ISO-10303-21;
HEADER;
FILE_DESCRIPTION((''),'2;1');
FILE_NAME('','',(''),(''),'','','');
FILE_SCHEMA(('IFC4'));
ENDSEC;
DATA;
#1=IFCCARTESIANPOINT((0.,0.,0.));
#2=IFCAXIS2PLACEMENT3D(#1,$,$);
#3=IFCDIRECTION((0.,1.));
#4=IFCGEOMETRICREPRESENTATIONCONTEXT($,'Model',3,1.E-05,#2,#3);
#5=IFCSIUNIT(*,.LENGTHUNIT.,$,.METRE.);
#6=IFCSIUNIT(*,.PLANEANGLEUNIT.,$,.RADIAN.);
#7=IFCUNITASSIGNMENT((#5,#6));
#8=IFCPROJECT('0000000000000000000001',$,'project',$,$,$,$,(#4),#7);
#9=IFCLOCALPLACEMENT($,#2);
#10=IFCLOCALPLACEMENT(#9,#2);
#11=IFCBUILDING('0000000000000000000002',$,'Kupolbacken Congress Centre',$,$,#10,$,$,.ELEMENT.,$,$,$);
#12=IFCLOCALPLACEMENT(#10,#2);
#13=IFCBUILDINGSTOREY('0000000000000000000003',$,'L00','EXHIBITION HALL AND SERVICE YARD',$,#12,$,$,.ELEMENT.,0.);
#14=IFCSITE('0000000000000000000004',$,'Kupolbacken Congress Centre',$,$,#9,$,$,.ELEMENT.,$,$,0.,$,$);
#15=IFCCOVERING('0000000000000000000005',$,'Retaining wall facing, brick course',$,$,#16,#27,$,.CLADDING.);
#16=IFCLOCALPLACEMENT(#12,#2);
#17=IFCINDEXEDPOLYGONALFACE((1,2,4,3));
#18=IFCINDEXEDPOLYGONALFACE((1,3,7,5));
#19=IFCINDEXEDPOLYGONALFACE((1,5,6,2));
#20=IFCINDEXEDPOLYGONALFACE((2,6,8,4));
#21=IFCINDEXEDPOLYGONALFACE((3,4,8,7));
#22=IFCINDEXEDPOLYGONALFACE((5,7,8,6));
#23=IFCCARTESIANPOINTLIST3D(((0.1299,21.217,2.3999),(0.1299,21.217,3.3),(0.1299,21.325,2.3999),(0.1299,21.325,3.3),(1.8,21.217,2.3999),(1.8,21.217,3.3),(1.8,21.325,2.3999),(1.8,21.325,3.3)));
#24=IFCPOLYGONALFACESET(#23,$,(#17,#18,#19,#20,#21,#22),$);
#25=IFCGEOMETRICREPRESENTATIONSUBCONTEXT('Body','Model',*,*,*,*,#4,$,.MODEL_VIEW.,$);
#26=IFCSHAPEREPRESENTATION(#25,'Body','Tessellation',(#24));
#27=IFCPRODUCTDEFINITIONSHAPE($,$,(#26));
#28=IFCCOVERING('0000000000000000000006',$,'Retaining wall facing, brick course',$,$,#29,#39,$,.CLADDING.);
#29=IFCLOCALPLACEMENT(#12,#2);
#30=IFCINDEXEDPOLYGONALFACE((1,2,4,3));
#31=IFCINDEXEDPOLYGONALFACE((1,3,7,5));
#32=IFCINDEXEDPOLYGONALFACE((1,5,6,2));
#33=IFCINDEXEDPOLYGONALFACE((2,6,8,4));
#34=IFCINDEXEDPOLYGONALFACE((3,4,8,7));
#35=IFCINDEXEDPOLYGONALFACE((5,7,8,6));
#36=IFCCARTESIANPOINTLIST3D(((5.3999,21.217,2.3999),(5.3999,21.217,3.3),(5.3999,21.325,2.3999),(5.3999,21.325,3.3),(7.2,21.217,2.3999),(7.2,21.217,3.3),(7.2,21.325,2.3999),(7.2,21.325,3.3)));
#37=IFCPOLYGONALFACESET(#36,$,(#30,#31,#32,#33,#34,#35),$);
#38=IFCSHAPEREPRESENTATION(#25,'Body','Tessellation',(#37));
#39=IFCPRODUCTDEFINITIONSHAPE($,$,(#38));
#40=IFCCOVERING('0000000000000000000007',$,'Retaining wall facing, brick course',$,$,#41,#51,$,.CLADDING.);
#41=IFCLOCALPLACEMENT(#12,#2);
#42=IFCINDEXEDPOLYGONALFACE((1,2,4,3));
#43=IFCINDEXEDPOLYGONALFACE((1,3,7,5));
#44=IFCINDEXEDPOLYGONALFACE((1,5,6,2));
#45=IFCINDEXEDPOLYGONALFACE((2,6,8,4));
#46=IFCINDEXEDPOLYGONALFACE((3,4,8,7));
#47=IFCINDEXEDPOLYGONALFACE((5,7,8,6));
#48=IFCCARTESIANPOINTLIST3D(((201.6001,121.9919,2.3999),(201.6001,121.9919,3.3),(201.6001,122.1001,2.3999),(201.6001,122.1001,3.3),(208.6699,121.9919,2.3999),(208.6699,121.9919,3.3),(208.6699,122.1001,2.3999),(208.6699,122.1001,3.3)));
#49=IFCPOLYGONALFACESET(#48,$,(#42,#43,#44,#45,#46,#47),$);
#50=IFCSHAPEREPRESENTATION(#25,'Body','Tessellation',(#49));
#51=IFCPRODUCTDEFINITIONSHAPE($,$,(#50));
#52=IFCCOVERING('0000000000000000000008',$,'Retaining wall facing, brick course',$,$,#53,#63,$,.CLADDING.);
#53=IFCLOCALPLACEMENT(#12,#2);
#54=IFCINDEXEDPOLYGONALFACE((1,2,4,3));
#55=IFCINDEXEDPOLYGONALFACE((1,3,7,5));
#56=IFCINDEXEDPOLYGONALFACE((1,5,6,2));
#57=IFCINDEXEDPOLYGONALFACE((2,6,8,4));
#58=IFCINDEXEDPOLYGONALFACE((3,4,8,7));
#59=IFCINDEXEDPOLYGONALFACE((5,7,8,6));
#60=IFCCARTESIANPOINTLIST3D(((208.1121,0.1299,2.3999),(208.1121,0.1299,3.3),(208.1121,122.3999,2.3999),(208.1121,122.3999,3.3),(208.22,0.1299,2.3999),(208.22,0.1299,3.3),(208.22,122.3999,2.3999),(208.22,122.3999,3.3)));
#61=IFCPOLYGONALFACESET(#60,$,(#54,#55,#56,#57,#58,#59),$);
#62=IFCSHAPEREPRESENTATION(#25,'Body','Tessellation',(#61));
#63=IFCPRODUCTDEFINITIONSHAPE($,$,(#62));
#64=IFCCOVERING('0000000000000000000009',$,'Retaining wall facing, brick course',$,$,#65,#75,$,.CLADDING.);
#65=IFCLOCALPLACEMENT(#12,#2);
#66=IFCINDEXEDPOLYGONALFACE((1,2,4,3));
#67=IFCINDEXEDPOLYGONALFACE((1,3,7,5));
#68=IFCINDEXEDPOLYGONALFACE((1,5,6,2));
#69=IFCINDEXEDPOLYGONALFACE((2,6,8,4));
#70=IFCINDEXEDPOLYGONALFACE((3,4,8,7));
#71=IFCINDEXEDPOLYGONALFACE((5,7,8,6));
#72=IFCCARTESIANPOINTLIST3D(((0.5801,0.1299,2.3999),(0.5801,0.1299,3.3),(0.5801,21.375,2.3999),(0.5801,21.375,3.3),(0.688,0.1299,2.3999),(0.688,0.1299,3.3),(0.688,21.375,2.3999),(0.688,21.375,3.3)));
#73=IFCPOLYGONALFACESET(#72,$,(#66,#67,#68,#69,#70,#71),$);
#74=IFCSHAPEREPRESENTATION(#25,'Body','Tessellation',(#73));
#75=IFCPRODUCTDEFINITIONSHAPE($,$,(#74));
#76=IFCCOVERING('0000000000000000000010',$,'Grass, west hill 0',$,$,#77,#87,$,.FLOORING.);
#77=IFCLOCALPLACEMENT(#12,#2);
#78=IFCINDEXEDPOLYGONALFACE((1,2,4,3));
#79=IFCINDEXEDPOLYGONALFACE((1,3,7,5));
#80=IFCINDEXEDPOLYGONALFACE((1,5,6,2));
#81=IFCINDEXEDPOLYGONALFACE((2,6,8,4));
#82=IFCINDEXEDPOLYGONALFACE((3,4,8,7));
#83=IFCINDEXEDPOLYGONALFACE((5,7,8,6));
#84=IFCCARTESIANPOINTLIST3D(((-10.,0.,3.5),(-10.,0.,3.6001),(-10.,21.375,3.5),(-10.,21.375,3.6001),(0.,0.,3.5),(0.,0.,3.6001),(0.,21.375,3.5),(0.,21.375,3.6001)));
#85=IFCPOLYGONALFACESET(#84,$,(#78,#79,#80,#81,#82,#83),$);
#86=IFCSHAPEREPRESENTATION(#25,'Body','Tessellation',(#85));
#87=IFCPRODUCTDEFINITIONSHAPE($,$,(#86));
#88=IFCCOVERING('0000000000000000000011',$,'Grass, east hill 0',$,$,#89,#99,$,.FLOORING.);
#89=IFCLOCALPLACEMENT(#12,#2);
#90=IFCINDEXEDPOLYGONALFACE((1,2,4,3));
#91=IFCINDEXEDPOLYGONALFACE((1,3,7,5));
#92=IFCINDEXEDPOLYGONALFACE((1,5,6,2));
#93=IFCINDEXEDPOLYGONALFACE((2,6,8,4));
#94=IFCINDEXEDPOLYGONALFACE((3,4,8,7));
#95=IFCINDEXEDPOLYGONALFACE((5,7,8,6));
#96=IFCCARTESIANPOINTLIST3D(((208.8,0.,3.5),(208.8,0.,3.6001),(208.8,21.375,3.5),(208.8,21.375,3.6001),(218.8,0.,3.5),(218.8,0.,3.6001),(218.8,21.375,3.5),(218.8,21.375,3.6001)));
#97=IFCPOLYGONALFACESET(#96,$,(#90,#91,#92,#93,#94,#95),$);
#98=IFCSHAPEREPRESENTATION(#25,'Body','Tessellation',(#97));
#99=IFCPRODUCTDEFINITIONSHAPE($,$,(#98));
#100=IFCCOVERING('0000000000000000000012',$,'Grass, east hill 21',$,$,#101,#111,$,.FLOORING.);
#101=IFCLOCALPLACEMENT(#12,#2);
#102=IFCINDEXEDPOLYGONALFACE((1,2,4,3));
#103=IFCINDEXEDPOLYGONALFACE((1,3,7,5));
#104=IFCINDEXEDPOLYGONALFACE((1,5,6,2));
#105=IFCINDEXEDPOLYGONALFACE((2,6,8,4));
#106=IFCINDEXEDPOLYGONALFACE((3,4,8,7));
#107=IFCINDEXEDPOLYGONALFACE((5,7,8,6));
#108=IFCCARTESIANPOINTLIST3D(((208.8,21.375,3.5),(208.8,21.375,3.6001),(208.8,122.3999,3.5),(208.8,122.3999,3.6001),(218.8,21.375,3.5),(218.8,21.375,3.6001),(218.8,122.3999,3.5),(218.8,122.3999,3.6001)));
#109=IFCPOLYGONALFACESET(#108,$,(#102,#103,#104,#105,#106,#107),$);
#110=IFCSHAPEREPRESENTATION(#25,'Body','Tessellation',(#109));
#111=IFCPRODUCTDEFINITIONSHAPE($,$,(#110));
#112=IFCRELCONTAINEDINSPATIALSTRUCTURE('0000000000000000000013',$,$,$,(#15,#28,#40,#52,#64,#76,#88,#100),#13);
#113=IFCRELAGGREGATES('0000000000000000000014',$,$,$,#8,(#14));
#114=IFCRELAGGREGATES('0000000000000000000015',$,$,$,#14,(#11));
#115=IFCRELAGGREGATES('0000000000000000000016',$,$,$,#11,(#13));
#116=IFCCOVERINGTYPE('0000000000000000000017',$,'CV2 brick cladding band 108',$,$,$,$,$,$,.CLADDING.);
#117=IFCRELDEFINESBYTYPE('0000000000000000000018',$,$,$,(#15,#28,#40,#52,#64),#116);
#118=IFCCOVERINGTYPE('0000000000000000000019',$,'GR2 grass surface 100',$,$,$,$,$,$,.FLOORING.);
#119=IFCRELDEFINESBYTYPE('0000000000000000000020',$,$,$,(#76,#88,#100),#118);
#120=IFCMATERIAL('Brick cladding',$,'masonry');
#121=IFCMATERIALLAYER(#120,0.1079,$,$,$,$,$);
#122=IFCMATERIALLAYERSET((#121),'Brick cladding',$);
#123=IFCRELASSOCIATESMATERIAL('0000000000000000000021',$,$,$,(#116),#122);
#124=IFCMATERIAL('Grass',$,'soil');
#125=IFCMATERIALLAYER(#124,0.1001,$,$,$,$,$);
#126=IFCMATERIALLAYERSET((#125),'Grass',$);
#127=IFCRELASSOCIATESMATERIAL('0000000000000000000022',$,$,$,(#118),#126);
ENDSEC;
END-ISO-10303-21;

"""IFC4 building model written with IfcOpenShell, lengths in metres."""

from ifc_helpers import new_model, si_unit, direction, frame, origin, place, context, subcontext, project, spatial, polyline, outline, extrude, material, layer, layer_set, type_object, element, save


model = new_model("IFC4")

# Units and contexts
model_context = context("Model", 3, precision=1e-05, world=origin(), true_north=direction((0.0, 1.0)))
body_context = subcontext(model_context, "Body", "Model", "MODEL_VIEW")
ifc_project = project(units=[si_unit("LENGTHUNIT", "METRE"), si_unit("PLANEANGLEUNIT", "RADIAN")], contexts=[model_context])

# Site, building, storey
site_placement = place(None, origin())
site = spatial("IfcSite", under=ifc_project, at=site_placement, Name="Kupolbacken Congress Centre", CompositionType="ELEMENT", RefElevation=0.0)
building_placement = place(site_placement, origin())
building = spatial("IfcBuilding", under=site, at=building_placement, Name="Kupolbacken Congress Centre", CompositionType="ELEMENT")
storey_placement = place(building_placement, origin())
storey = spatial("IfcBuildingStorey", under=building, at=storey_placement, Name="L00", Description="EXHIBITION HALL AND SERVICE YARD", CompositionType="ELEMENT", Elevation=0.0)

# Coverings
ifc_material_1 = material(Name="Brick cladding", Category="masonry")
ifc_layer_1 = layer(ifc_material_1, 0.1079)
ifc_layer_set_1 = layer_set([ifc_layer_1], Name="Brick cladding")
covering_type_1 = type_object("IfcCoveringType", Name="CV2 brick cladding band 108", PredefinedType="CLADDING", material=ifc_layer_set_1)
covering_1_placement = place(storey_placement, frame((0.0, 0.0, 2.3999)))
element("IfcCovering", 1, at=covering_1_placement, inside=storey, type_object=covering_type_1, Name="Retaining wall facing, brick course", PredefinedType="CLADDING", context=body_context, shape_type="SweptSolid", body=[
    extrude(outline(polyline([(0.1299, 21.217), (0.1299, 21.325), (1.8, 21.325), (1.8, 21.217), (0.1299, 21.217)])), origin(), (0.0, 0.0, 1.0), 0.9001),
])
covering_2_placement = place(storey_placement, frame((0.0, 0.0, 2.3999)))
element("IfcCovering", 2, at=covering_2_placement, inside=storey, type_object=covering_type_1, Name="Retaining wall facing, brick course", PredefinedType="CLADDING", context=body_context, shape_type="SweptSolid", body=[
    extrude(outline(polyline([(5.3999, 21.217), (5.3999, 21.325), (7.2, 21.325), (7.2, 21.217), (5.3999, 21.217)])), origin(), (0.0, 0.0, 1.0), 0.9001),
])
covering_3_placement = place(storey_placement, frame((0.0, 0.0, 2.3999)))
element("IfcCovering", 3, at=covering_3_placement, inside=storey, type_object=covering_type_1, Name="Retaining wall facing, brick course", PredefinedType="CLADDING", context=body_context, shape_type="SweptSolid", body=[
    extrude(outline(polyline([(201.6001, 121.9919), (201.6001, 122.1001), (208.6699, 122.1001), (208.6699, 121.9919), (201.6001, 121.9919)])), origin(), (0.0, 0.0, 1.0), 0.9001),
])
covering_4_placement = place(storey_placement, frame((0.0, 0.0, 2.3999)))
element("IfcCovering", 4, at=covering_4_placement, inside=storey, type_object=covering_type_1, Name="Retaining wall facing, brick course", PredefinedType="CLADDING", context=body_context, shape_type="SweptSolid", body=[
    extrude(outline(polyline([(208.22, 0.1299), (208.1121, 0.1299), (208.1121, 122.3999), (208.22, 122.3999), (208.22, 0.1299)])), origin(), (0.0, 0.0, 1.0), 0.9001),
])
covering_5_placement = place(storey_placement, frame((0.0, 0.0, 2.3999)))
element("IfcCovering", 5, at=covering_5_placement, inside=storey, type_object=covering_type_1, Name="Retaining wall facing, brick course", PredefinedType="CLADDING", context=body_context, shape_type="SweptSolid", body=[
    extrude(outline(polyline([(0.688, 0.1299), (0.5801, 0.1299), (0.5801, 21.375), (0.688, 21.375), (0.688, 0.1299)])), origin(), (0.0, 0.0, 1.0), 0.9001),
])
ifc_material_2 = material(Name="Grass", Category="soil")
ifc_layer_2 = layer(ifc_material_2, 0.1001)
ifc_layer_set_2 = layer_set([ifc_layer_2], Name="Grass")
covering_type_2 = type_object("IfcCoveringType", Name="GR2 grass surface 100", PredefinedType="FLOORING", material=ifc_layer_set_2)
covering_6_placement = place(storey_placement, frame((0.0, 0.0, 3.5)))
element("IfcCovering", 6, at=covering_6_placement, inside=storey, type_object=covering_type_2, Name="Grass, west hill 0", PredefinedType="FLOORING", context=body_context, shape_type="SweptSolid", body=[
    extrude(outline(polyline([(0.0, 0.0), (-10.0, 0.0), (-10.0, 21.375), (0.0, 21.375), (0.0, 0.0)])), origin(), (0.0, 0.0, 1.0), 0.1001),
])
covering_7_placement = place(storey_placement, frame((0.0, 0.0, 3.5)))
element("IfcCovering", 7, at=covering_7_placement, inside=storey, type_object=covering_type_2, Name="Grass, east hill 0", PredefinedType="FLOORING", context=body_context, shape_type="SweptSolid", body=[
    extrude(outline(polyline([(218.8, 21.375), (218.8, 0.0), (208.8, 0.0), (208.8, 21.375), (218.8, 21.375)])), origin(), (0.0, 0.0, 1.0), 0.1001),
])
covering_8_placement = place(storey_placement, frame((0.0, 0.0, 3.5)))
element("IfcCovering", 8, at=covering_8_placement, inside=storey, type_object=covering_type_2, Name="Grass, east hill 21", PredefinedType="FLOORING", context=body_context, shape_type="SweptSolid", body=[
    extrude(outline(polyline([(218.8, 122.3999), (218.8, 21.375), (208.8, 21.375), (208.8, 122.3999), (218.8, 122.3999)])), origin(), (0.0, 0.0, 1.0), 0.1001),
])

save(model, "model.ifc")
